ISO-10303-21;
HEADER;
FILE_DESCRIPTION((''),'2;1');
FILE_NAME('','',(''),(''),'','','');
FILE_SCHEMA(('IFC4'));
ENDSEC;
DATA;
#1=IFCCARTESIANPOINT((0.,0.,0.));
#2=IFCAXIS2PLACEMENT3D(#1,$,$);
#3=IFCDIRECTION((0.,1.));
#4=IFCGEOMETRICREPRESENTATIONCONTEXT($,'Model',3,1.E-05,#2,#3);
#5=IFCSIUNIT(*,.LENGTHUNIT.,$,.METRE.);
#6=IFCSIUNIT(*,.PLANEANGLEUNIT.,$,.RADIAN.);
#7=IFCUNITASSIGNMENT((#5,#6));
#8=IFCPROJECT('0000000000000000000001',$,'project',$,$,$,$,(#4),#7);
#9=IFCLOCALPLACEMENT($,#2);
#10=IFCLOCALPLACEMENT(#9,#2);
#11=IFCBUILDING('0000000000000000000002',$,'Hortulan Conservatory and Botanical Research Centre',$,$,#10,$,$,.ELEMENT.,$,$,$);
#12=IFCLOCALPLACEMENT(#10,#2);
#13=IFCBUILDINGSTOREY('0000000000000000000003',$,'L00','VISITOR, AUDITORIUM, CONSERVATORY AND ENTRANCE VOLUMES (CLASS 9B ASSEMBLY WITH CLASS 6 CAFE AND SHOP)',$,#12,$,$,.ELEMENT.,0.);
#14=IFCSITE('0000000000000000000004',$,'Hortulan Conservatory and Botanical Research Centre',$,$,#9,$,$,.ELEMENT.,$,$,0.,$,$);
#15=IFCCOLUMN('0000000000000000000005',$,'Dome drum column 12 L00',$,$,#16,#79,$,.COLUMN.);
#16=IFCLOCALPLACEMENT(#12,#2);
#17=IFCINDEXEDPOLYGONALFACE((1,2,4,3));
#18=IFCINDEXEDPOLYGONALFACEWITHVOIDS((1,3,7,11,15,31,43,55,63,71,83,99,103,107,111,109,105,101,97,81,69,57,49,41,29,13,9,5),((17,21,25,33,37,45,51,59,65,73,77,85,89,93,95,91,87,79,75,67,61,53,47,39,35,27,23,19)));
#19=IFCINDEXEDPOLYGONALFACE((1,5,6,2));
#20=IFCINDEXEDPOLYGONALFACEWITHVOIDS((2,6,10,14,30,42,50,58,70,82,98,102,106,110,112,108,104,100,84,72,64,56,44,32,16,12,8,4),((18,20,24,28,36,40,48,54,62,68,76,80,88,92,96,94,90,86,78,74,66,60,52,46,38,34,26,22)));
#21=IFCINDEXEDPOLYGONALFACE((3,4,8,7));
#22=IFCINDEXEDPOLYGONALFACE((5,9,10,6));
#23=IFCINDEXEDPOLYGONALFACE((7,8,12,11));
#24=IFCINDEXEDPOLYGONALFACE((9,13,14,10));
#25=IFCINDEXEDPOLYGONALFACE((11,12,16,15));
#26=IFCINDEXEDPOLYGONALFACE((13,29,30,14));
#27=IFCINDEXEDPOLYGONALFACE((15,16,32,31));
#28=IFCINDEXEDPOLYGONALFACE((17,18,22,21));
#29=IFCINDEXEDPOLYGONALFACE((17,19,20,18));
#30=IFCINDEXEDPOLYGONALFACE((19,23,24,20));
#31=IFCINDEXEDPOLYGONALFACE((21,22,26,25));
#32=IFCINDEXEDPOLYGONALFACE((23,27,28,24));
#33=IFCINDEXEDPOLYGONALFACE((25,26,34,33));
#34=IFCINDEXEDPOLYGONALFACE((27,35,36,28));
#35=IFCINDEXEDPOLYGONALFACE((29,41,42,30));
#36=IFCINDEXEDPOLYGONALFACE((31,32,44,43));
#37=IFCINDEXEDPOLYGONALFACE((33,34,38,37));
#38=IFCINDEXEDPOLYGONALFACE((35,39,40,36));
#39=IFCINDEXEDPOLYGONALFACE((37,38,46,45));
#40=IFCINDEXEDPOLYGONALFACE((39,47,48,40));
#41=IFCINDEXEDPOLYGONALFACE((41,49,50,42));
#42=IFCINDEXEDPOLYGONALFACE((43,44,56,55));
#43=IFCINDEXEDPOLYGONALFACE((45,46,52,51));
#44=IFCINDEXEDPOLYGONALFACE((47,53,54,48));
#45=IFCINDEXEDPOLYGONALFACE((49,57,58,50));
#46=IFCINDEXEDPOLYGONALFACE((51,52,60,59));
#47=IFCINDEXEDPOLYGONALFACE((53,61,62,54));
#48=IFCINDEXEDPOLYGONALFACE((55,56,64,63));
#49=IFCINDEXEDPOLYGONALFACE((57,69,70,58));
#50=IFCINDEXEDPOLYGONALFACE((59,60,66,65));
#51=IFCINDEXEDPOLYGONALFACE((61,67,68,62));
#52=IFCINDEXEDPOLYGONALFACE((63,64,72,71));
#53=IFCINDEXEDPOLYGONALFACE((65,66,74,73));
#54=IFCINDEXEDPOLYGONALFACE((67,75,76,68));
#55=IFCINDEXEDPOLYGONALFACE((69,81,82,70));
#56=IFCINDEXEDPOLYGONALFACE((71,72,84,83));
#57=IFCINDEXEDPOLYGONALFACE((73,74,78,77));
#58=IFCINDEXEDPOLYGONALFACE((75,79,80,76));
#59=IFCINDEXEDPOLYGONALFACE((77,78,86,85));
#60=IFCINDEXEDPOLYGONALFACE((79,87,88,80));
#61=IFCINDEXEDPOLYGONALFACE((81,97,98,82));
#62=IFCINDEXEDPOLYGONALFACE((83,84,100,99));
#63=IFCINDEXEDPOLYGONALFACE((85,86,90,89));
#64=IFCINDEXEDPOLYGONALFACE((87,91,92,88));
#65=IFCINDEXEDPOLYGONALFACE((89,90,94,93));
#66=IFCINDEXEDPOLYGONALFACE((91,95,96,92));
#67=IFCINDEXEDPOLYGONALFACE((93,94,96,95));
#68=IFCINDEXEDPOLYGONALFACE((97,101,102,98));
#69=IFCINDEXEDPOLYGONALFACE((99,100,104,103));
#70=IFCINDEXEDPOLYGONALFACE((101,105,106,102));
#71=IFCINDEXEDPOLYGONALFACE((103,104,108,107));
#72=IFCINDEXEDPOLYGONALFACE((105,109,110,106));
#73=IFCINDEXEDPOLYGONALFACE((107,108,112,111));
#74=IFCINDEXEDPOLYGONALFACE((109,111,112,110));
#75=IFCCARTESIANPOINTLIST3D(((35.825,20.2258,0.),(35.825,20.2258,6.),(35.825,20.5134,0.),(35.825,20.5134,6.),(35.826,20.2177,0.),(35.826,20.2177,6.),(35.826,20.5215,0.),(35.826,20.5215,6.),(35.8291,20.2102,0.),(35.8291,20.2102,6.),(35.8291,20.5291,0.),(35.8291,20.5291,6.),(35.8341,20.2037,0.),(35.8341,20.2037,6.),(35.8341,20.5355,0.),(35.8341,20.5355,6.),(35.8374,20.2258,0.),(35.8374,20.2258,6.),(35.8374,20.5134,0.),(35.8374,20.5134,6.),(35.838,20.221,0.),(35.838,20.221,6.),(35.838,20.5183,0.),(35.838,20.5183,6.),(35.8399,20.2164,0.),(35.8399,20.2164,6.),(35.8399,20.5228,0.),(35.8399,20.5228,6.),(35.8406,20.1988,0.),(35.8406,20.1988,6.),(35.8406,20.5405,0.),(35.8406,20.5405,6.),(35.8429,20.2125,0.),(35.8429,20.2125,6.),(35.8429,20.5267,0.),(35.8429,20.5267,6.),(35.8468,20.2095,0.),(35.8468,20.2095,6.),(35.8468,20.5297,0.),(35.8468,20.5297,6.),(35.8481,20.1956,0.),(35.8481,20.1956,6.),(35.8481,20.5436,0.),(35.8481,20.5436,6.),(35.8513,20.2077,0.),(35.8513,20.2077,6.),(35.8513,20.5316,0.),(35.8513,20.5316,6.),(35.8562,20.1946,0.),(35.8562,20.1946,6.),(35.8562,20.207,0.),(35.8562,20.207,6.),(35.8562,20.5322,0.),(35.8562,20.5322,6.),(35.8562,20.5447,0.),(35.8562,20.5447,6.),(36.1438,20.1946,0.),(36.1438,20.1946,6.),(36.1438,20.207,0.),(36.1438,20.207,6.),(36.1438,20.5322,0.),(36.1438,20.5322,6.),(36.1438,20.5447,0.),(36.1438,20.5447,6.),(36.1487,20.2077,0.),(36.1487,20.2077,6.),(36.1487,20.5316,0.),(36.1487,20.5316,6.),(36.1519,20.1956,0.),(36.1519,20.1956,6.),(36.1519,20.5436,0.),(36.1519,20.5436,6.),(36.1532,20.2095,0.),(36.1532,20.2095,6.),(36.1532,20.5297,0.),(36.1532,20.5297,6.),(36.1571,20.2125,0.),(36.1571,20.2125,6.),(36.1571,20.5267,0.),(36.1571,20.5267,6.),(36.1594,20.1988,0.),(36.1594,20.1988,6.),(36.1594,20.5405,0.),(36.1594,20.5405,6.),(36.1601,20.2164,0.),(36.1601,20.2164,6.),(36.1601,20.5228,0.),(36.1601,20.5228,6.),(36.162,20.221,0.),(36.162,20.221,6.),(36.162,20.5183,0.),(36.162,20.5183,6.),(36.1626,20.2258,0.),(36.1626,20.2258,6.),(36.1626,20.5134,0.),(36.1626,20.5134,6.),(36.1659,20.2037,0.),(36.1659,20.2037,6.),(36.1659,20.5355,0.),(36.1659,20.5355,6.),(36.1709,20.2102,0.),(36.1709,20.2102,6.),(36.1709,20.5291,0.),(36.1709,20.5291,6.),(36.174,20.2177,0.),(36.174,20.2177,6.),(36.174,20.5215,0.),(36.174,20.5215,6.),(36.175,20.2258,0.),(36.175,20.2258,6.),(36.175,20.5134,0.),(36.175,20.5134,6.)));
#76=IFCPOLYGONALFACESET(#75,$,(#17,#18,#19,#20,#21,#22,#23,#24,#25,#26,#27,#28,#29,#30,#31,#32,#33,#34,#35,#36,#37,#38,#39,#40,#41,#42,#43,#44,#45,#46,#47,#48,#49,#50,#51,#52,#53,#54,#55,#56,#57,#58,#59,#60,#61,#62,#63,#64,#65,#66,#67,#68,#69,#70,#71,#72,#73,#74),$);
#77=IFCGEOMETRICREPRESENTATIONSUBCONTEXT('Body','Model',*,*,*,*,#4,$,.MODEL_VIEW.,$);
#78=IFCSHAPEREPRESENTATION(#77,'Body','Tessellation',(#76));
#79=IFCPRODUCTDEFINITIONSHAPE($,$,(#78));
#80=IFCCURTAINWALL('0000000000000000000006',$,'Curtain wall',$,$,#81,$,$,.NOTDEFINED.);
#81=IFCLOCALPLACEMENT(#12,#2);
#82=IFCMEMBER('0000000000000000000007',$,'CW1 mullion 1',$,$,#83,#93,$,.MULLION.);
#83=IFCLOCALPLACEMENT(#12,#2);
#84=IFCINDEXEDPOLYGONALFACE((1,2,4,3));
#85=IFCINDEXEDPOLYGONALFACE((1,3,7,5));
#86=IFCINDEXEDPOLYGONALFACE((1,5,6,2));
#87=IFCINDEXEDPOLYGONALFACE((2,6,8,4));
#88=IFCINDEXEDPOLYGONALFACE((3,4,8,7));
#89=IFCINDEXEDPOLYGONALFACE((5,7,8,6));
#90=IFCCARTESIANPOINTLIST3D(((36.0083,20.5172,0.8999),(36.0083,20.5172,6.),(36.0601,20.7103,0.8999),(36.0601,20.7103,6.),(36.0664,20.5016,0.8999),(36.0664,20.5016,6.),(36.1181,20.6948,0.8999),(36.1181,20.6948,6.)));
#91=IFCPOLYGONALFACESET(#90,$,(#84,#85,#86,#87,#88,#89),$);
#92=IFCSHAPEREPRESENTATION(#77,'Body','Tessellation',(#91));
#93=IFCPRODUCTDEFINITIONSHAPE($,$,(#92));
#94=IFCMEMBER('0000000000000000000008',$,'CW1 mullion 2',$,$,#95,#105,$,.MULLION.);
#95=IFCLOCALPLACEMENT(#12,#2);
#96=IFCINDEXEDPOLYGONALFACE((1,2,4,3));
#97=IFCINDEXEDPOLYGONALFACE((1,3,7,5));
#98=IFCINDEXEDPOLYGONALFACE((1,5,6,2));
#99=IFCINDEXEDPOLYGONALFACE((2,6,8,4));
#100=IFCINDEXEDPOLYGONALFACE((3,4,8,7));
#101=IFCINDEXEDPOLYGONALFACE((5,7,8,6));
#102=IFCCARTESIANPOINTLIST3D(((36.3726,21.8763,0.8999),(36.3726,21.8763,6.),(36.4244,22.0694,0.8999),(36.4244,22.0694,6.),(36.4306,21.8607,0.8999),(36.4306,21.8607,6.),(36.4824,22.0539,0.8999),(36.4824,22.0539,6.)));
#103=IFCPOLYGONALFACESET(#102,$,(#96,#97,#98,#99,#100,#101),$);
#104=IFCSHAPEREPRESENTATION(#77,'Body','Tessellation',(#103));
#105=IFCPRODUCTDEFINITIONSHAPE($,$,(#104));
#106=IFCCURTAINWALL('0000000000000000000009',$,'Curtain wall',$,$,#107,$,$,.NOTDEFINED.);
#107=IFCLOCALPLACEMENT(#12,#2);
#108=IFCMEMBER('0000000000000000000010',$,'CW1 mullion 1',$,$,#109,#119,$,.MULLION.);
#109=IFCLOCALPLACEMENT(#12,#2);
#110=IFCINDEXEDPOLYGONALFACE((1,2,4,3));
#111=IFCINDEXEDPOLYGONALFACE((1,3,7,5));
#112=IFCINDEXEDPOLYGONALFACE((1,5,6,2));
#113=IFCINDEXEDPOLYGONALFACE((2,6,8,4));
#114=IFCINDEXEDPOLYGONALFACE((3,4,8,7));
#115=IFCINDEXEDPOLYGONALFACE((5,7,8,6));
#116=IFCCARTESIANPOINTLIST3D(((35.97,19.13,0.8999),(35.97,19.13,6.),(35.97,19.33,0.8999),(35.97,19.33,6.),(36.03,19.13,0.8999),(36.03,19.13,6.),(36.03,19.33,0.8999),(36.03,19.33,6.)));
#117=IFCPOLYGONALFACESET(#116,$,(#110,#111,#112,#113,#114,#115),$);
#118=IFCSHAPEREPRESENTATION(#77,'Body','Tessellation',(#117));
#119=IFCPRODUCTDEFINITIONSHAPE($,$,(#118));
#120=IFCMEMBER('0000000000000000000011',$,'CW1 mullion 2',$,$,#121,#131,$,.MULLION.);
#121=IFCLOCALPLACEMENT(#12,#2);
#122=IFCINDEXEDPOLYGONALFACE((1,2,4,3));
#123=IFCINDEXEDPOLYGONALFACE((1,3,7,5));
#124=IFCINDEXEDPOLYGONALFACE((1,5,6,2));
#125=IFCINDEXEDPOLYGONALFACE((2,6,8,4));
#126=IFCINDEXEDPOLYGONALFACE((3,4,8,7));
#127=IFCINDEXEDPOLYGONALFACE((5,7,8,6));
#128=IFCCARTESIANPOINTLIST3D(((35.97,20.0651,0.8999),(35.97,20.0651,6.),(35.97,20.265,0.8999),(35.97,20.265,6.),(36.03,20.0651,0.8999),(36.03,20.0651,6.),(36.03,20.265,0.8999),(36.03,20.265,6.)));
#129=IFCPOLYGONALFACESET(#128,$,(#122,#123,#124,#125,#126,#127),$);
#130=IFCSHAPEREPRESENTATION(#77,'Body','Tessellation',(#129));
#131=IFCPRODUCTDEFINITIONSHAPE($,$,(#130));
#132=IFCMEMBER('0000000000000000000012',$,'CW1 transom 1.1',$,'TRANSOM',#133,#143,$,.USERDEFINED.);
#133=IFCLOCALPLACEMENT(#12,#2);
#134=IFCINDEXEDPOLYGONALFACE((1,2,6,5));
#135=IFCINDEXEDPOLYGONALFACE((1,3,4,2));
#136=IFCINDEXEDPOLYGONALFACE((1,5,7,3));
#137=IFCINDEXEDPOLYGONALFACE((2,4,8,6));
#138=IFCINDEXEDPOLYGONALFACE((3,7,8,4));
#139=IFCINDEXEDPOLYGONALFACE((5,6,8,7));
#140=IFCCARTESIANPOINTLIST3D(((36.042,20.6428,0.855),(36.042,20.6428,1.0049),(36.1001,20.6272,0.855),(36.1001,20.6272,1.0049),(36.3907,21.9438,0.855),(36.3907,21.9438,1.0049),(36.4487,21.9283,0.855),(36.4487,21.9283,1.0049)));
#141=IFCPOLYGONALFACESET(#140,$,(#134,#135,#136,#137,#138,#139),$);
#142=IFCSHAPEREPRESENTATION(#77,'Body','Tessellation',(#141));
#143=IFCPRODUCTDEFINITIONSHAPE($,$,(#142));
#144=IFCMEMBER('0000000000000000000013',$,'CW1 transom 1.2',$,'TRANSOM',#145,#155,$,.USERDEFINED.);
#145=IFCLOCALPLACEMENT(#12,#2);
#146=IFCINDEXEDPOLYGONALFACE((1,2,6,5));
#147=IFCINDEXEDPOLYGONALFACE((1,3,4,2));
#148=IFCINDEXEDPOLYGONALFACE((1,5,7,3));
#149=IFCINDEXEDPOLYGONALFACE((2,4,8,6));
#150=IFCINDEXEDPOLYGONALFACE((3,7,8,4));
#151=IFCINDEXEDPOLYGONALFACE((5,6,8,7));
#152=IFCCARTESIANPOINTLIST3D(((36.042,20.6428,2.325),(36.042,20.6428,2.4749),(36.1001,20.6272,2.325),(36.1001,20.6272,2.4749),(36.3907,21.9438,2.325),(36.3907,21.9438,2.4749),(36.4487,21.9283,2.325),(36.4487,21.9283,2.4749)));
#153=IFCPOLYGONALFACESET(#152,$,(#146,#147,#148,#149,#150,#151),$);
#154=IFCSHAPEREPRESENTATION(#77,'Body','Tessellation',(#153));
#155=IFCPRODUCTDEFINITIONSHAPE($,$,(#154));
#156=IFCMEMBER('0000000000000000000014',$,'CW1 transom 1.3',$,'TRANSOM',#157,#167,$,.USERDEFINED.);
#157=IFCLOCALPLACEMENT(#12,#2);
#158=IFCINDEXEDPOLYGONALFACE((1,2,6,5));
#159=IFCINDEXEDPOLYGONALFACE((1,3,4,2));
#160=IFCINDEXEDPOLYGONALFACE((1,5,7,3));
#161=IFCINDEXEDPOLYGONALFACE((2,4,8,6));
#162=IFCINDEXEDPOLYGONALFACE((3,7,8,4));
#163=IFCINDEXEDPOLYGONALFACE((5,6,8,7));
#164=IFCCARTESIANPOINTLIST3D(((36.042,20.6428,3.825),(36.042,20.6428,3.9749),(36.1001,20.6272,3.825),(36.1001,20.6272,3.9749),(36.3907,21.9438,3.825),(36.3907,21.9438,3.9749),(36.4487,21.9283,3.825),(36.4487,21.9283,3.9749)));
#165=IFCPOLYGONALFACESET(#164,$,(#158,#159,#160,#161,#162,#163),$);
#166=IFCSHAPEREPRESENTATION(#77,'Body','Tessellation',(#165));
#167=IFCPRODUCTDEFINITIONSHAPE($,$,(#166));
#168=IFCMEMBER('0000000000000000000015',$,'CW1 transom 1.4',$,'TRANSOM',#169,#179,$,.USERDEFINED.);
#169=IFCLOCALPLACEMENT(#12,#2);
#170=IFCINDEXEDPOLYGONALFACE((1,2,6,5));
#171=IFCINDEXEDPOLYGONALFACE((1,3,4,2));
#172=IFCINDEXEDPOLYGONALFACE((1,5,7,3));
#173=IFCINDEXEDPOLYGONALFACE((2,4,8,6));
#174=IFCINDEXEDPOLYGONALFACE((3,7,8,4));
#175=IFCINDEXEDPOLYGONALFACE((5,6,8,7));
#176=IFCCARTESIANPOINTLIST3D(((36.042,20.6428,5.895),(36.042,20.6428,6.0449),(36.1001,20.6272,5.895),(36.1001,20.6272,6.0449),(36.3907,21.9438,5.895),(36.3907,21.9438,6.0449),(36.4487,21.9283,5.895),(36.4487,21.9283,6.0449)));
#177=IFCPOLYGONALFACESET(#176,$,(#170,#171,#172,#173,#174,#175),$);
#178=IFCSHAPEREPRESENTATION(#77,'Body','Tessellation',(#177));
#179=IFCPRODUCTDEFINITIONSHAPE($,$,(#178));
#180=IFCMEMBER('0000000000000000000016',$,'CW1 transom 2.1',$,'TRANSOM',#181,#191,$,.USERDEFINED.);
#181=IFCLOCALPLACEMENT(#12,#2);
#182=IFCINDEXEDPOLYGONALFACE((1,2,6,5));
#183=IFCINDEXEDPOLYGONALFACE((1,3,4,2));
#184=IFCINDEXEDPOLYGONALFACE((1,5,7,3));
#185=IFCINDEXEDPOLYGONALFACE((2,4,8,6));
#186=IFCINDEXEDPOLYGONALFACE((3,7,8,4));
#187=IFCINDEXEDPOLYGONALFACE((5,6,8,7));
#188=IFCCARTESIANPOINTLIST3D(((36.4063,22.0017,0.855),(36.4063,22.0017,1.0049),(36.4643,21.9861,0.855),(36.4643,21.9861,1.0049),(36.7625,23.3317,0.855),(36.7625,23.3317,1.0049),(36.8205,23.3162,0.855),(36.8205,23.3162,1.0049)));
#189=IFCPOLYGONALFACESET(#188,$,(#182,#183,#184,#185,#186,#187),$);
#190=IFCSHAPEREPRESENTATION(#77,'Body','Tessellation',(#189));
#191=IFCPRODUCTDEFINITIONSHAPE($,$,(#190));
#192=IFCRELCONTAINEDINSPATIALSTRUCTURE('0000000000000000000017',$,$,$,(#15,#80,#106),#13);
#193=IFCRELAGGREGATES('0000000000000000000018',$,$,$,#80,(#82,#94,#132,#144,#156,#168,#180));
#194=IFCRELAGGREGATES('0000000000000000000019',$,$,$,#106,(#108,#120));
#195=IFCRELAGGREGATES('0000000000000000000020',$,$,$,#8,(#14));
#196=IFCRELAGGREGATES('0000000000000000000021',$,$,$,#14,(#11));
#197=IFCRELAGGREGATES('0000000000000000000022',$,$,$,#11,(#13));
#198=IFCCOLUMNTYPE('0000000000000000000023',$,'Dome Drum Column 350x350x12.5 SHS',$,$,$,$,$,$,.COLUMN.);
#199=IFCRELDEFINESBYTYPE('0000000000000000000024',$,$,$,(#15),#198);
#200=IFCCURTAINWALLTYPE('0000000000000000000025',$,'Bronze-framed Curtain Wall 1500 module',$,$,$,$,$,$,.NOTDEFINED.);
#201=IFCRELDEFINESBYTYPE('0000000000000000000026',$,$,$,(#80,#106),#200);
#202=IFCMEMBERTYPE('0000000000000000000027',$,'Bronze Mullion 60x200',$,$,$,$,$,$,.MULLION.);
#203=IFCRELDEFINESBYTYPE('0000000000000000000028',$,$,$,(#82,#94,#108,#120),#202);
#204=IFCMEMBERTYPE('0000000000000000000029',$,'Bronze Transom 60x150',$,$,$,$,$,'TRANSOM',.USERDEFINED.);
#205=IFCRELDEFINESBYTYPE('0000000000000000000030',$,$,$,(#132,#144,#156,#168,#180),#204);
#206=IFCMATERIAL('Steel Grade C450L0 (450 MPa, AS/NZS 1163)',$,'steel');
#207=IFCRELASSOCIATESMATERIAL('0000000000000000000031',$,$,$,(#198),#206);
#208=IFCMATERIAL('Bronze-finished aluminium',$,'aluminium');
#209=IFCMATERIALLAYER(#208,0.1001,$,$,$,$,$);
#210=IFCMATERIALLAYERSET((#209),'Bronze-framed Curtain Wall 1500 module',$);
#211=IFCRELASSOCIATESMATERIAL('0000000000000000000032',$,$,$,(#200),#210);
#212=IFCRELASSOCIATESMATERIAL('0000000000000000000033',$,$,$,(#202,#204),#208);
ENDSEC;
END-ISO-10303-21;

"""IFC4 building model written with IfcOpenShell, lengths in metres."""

from ifc_helpers import new_model, si_unit, direction, frame, origin, origin_2d, place, context, subcontext, project, spatial, rectangle, hollow_rectangle, extrude, material, layer, layer_set, material_profile, profile_set, type_object, element, aggregate, save


model = new_model("IFC4")

# Units and contexts
model_context = context("Model", 3, precision=1e-05, world=origin(), true_north=direction((0.0, 1.0)))
body_context = subcontext(model_context, "Body", "Model", "MODEL_VIEW")
ifc_project = project(units=[si_unit("LENGTHUNIT", "METRE"), si_unit("PLANEANGLEUNIT", "RADIAN")], contexts=[model_context])

# Site, building, storey
site_placement = place(None, origin())
site = spatial("IfcSite", under=ifc_project, at=site_placement, Name="Hortulan Conservatory and Botanical Research Centre", CompositionType="ELEMENT", RefElevation=0.0)
building_placement = place(site_placement, origin())
building = spatial("IfcBuilding", under=site, at=building_placement, Name="Hortulan Conservatory and Botanical Research Centre", CompositionType="ELEMENT")
storey_placement = place(building_placement, origin())
storey = spatial("IfcBuildingStorey", under=building, at=storey_placement, Name="L00", Description="VISITOR, AUDITORIUM, CONSERVATORY AND ENTRANCE VOLUMES (CLASS 9B ASSEMBLY WITH CLASS 6 CAFE AND SHOP)", CompositionType="ELEMENT", Elevation=0.0)

# Column
ifc_material_1 = material(Name="Steel Grade C450L0 (450 MPa, AS/NZS 1163)", Category="steel")
ifc_material_profile_1 = material_profile(ifc_material_1, hollow_rectangle(XDim=0.3501, YDim=0.3501, WallThickness=0.0125, InnerFilletRadius=0.0188, OuterFilletRadius=0.0312, at=origin_2d()), Name="350x350x12.5SHS")
ifc_profile_set_1 = profile_set([ifc_material_profile_1], Name="Steel Grade C450L0 (450 MPa, AS/NZS 1163)")
column_type = type_object("IfcColumnType", Name="Dome Drum Column 350x350x12.5 SHS", PredefinedType="COLUMN", material=ifc_profile_set_1)
column_placement = place(storey_placement, frame((36.0, 20.3696, 0.0), z_axis=(0.0, 0.0, 1.0), x_axis=(1.0, 0.0, 0.0)))
element("IfcColumn", 1, at=column_placement, inside=storey, type_object=column_type, Name="Dome drum column 12 L00", PredefinedType="COLUMN", context=body_context, shape_type="SweptSolid", body=[
    extrude(hollow_rectangle(XDim=0.3501, YDim=0.3501, WallThickness=0.0125, InnerFilletRadius=0.0188, OuterFilletRadius=0.0312, at=origin_2d()), origin(), (0.0, 0.0, 1.0), 6.0),
])

# Curtain walls, members
ifc_material_2 = material(Name="Bronze-finished aluminium", Category="aluminium")
ifc_layer_1 = layer(ifc_material_2, 0.1001)
ifc_layer_set_1 = layer_set([ifc_layer_1], Name="Bronze-framed Curtain Wall 1500 module")
curtain_wall_type = type_object("IfcCurtainWallType", Name="Bronze-framed Curtain Wall 1500 module", PredefinedType="NOTDEFINED", material=ifc_layer_set_1)
curtain_wall_1_placement = place(storey_placement, origin())
curtain_wall_1 = element("IfcCurtainWall", 2, at=curtain_wall_1_placement, inside=storey, type_object=curtain_wall_type, Name="Curtain wall", PredefinedType="NOTDEFINED")
ifc_material_profile_2 = material_profile(ifc_material_2, rectangle(XDim=0.0601, YDim=0.2, at=origin_2d()), Name="Bronze Mullion 60x200")
ifc_profile_set_2 = profile_set([ifc_material_profile_2], Name="Bronze-finished aluminium")
member_type_1 = type_object("IfcMemberType", Name="Bronze Mullion 60x200", PredefinedType="MULLION", material=ifc_profile_set_2)
member_1_placement = place(storey_placement, frame((36.0632, 20.606, 0.8999), z_axis=(0.0, 0.0, 1.0), x_axis=(-0.965922, 0.258832, 0.0)))
member_1 = element("IfcMember", 3, at=member_1_placement, type_object=member_type_1, Name="CW1 mullion 1", PredefinedType="MULLION", context=body_context, shape_type="SweptSolid", body=[
    extrude(rectangle(XDim=0.0601, YDim=0.2, at=origin_2d()), origin(), (0.0, 0.0, 1.0), 5.1001),
])
member_2_placement = place(storey_placement, frame((36.4275, 21.9651, 0.8999), z_axis=(0.0, 0.0, 1.0), x_axis=(-0.965922, 0.258832, 0.0)))
member_2 = element("IfcMember", 4, at=member_2_placement, type_object=member_type_1, Name="CW1 mullion 2", PredefinedType="MULLION", context=body_context, shape_type="SweptSolid", body=[
    extrude(rectangle(XDim=0.0601, YDim=0.2, at=origin_2d()), origin(), (0.0, 0.0, 1.0), 5.1001),
])
curtain_wall_2_placement = place(storey_placement, origin())
curtain_wall_2 = element("IfcCurtainWall", 5, at=curtain_wall_2_placement, inside=storey, type_object=curtain_wall_type, Name="Curtain wall", PredefinedType="NOTDEFINED")
member_3_placement = place(storey_placement, frame((36.0, 19.23, 0.8999), z_axis=(0.0, 0.0, 1.0), x_axis=(-1.0, 0.0, 0.0)))
member_3 = element("IfcMember", 6, at=member_3_placement, type_object=member_type_1, Name="CW1 mullion 1", PredefinedType="MULLION", context=body_context, shape_type="SweptSolid", body=[
    extrude(rectangle(XDim=0.0601, YDim=0.2, at=origin_2d()), origin(), (0.0, 0.0, 1.0), 5.1001),
])
member_4_placement = place(storey_placement, frame((36.0, 20.165, 0.8999), z_axis=(0.0, 0.0, 1.0), x_axis=(-1.0, 0.0, 0.0)))
member_4 = element("IfcMember", 7, at=member_4_placement, type_object=member_type_1, Name="CW1 mullion 2", PredefinedType="MULLION", context=body_context, shape_type="SweptSolid", body=[
    extrude(rectangle(XDim=0.0601, YDim=0.2, at=origin_2d()), origin(), (0.0, 0.0, 1.0), 5.1001),
])

# Members
ifc_material_profile_3 = material_profile(ifc_material_2, rectangle(XDim=0.0601, YDim=0.1499, at=origin_2d()), Name="Bronze Transom 60x150")
ifc_profile_set_3 = profile_set([ifc_material_profile_3], Name="Bronze-finished aluminium")
member_type_2 = type_object("IfcMemberType", Name="Bronze Transom 60x150", ElementType="TRANSOM", PredefinedType="USERDEFINED", material=ifc_profile_set_3)
member_5_placement = place(storey_placement, frame((36.071, 20.635, 0.9299), z_axis=(0.258836, 0.965921, 0.0), x_axis=(-0.965921, 0.258836, 0.0)))
member_5 = element("IfcMember", 8, at=member_5_placement, type_object=member_type_2, Name="CW1 transom 1.1", ObjectType="TRANSOM", PredefinedType="USERDEFINED", context=body_context, shape_type="SweptSolid", body=[
    extrude(rectangle(XDim=0.0601, YDim=0.1499, at=origin_2d()), origin(), (0.0, 0.0, 1.0), 1.3469),
])
member_6_placement = place(storey_placement, frame((36.071, 20.635, 2.3999), z_axis=(0.258836, 0.965921, 0.0), x_axis=(-0.965921, 0.258836, 0.0)))
member_6 = element("IfcMember", 9, at=member_6_placement, type_object=member_type_2, Name="CW1 transom 1.2", ObjectType="TRANSOM", PredefinedType="USERDEFINED", context=body_context, shape_type="SweptSolid", body=[
    extrude(rectangle(XDim=0.0601, YDim=0.1499, at=origin_2d()), origin(), (0.0, 0.0, 1.0), 1.3469),
])
member_7_placement = place(storey_placement, frame((36.071, 20.635, 3.8999), z_axis=(0.258836, 0.965921, 0.0), x_axis=(-0.965921, 0.258836, 0.0)))
member_7 = element("IfcMember", 10, at=member_7_placement, type_object=member_type_2, Name="CW1 transom 1.3", ObjectType="TRANSOM", PredefinedType="USERDEFINED", context=body_context, shape_type="SweptSolid", body=[
    extrude(rectangle(XDim=0.0601, YDim=0.1499, at=origin_2d()), origin(), (0.0, 0.0, 1.0), 1.3469),
])
member_8_placement = place(storey_placement, frame((36.071, 20.635, 5.97), z_axis=(0.258836, 0.965921, 0.0), x_axis=(-0.965921, 0.258836, 0.0)))
member_8 = element("IfcMember", 11, at=member_8_placement, type_object=member_type_2, Name="CW1 transom 1.4", ObjectType="TRANSOM", PredefinedType="USERDEFINED", context=body_context, shape_type="SweptSolid", body=[
    extrude(rectangle(XDim=0.0601, YDim=0.1499, at=origin_2d()), origin(), (0.0, 0.0, 1.0), 1.3469),
])
member_9_placement = place(storey_placement, frame((36.4353, 21.9939, 0.9299), z_axis=(0.258689, 0.965961, 0.0), x_axis=(-0.965961, 0.258689, 0.0)))
member_9 = element("IfcMember", 12, at=member_9_placement, type_object=member_type_2, Name="CW1 transom 2.1", ObjectType="TRANSOM", PredefinedType="USERDEFINED", context=body_context, shape_type="SweptSolid", body=[
    extrude(rectangle(XDim=0.0601, YDim=0.1499, at=origin_2d()), origin(), (0.0, 0.0, 1.0), 1.377),
])

aggregate(curtain_wall_1, [member_1, member_2, member_5, member_6, member_7, member_8, member_9])
aggregate(curtain_wall_2, [member_3, member_4])

save(model, "model.ifc")
